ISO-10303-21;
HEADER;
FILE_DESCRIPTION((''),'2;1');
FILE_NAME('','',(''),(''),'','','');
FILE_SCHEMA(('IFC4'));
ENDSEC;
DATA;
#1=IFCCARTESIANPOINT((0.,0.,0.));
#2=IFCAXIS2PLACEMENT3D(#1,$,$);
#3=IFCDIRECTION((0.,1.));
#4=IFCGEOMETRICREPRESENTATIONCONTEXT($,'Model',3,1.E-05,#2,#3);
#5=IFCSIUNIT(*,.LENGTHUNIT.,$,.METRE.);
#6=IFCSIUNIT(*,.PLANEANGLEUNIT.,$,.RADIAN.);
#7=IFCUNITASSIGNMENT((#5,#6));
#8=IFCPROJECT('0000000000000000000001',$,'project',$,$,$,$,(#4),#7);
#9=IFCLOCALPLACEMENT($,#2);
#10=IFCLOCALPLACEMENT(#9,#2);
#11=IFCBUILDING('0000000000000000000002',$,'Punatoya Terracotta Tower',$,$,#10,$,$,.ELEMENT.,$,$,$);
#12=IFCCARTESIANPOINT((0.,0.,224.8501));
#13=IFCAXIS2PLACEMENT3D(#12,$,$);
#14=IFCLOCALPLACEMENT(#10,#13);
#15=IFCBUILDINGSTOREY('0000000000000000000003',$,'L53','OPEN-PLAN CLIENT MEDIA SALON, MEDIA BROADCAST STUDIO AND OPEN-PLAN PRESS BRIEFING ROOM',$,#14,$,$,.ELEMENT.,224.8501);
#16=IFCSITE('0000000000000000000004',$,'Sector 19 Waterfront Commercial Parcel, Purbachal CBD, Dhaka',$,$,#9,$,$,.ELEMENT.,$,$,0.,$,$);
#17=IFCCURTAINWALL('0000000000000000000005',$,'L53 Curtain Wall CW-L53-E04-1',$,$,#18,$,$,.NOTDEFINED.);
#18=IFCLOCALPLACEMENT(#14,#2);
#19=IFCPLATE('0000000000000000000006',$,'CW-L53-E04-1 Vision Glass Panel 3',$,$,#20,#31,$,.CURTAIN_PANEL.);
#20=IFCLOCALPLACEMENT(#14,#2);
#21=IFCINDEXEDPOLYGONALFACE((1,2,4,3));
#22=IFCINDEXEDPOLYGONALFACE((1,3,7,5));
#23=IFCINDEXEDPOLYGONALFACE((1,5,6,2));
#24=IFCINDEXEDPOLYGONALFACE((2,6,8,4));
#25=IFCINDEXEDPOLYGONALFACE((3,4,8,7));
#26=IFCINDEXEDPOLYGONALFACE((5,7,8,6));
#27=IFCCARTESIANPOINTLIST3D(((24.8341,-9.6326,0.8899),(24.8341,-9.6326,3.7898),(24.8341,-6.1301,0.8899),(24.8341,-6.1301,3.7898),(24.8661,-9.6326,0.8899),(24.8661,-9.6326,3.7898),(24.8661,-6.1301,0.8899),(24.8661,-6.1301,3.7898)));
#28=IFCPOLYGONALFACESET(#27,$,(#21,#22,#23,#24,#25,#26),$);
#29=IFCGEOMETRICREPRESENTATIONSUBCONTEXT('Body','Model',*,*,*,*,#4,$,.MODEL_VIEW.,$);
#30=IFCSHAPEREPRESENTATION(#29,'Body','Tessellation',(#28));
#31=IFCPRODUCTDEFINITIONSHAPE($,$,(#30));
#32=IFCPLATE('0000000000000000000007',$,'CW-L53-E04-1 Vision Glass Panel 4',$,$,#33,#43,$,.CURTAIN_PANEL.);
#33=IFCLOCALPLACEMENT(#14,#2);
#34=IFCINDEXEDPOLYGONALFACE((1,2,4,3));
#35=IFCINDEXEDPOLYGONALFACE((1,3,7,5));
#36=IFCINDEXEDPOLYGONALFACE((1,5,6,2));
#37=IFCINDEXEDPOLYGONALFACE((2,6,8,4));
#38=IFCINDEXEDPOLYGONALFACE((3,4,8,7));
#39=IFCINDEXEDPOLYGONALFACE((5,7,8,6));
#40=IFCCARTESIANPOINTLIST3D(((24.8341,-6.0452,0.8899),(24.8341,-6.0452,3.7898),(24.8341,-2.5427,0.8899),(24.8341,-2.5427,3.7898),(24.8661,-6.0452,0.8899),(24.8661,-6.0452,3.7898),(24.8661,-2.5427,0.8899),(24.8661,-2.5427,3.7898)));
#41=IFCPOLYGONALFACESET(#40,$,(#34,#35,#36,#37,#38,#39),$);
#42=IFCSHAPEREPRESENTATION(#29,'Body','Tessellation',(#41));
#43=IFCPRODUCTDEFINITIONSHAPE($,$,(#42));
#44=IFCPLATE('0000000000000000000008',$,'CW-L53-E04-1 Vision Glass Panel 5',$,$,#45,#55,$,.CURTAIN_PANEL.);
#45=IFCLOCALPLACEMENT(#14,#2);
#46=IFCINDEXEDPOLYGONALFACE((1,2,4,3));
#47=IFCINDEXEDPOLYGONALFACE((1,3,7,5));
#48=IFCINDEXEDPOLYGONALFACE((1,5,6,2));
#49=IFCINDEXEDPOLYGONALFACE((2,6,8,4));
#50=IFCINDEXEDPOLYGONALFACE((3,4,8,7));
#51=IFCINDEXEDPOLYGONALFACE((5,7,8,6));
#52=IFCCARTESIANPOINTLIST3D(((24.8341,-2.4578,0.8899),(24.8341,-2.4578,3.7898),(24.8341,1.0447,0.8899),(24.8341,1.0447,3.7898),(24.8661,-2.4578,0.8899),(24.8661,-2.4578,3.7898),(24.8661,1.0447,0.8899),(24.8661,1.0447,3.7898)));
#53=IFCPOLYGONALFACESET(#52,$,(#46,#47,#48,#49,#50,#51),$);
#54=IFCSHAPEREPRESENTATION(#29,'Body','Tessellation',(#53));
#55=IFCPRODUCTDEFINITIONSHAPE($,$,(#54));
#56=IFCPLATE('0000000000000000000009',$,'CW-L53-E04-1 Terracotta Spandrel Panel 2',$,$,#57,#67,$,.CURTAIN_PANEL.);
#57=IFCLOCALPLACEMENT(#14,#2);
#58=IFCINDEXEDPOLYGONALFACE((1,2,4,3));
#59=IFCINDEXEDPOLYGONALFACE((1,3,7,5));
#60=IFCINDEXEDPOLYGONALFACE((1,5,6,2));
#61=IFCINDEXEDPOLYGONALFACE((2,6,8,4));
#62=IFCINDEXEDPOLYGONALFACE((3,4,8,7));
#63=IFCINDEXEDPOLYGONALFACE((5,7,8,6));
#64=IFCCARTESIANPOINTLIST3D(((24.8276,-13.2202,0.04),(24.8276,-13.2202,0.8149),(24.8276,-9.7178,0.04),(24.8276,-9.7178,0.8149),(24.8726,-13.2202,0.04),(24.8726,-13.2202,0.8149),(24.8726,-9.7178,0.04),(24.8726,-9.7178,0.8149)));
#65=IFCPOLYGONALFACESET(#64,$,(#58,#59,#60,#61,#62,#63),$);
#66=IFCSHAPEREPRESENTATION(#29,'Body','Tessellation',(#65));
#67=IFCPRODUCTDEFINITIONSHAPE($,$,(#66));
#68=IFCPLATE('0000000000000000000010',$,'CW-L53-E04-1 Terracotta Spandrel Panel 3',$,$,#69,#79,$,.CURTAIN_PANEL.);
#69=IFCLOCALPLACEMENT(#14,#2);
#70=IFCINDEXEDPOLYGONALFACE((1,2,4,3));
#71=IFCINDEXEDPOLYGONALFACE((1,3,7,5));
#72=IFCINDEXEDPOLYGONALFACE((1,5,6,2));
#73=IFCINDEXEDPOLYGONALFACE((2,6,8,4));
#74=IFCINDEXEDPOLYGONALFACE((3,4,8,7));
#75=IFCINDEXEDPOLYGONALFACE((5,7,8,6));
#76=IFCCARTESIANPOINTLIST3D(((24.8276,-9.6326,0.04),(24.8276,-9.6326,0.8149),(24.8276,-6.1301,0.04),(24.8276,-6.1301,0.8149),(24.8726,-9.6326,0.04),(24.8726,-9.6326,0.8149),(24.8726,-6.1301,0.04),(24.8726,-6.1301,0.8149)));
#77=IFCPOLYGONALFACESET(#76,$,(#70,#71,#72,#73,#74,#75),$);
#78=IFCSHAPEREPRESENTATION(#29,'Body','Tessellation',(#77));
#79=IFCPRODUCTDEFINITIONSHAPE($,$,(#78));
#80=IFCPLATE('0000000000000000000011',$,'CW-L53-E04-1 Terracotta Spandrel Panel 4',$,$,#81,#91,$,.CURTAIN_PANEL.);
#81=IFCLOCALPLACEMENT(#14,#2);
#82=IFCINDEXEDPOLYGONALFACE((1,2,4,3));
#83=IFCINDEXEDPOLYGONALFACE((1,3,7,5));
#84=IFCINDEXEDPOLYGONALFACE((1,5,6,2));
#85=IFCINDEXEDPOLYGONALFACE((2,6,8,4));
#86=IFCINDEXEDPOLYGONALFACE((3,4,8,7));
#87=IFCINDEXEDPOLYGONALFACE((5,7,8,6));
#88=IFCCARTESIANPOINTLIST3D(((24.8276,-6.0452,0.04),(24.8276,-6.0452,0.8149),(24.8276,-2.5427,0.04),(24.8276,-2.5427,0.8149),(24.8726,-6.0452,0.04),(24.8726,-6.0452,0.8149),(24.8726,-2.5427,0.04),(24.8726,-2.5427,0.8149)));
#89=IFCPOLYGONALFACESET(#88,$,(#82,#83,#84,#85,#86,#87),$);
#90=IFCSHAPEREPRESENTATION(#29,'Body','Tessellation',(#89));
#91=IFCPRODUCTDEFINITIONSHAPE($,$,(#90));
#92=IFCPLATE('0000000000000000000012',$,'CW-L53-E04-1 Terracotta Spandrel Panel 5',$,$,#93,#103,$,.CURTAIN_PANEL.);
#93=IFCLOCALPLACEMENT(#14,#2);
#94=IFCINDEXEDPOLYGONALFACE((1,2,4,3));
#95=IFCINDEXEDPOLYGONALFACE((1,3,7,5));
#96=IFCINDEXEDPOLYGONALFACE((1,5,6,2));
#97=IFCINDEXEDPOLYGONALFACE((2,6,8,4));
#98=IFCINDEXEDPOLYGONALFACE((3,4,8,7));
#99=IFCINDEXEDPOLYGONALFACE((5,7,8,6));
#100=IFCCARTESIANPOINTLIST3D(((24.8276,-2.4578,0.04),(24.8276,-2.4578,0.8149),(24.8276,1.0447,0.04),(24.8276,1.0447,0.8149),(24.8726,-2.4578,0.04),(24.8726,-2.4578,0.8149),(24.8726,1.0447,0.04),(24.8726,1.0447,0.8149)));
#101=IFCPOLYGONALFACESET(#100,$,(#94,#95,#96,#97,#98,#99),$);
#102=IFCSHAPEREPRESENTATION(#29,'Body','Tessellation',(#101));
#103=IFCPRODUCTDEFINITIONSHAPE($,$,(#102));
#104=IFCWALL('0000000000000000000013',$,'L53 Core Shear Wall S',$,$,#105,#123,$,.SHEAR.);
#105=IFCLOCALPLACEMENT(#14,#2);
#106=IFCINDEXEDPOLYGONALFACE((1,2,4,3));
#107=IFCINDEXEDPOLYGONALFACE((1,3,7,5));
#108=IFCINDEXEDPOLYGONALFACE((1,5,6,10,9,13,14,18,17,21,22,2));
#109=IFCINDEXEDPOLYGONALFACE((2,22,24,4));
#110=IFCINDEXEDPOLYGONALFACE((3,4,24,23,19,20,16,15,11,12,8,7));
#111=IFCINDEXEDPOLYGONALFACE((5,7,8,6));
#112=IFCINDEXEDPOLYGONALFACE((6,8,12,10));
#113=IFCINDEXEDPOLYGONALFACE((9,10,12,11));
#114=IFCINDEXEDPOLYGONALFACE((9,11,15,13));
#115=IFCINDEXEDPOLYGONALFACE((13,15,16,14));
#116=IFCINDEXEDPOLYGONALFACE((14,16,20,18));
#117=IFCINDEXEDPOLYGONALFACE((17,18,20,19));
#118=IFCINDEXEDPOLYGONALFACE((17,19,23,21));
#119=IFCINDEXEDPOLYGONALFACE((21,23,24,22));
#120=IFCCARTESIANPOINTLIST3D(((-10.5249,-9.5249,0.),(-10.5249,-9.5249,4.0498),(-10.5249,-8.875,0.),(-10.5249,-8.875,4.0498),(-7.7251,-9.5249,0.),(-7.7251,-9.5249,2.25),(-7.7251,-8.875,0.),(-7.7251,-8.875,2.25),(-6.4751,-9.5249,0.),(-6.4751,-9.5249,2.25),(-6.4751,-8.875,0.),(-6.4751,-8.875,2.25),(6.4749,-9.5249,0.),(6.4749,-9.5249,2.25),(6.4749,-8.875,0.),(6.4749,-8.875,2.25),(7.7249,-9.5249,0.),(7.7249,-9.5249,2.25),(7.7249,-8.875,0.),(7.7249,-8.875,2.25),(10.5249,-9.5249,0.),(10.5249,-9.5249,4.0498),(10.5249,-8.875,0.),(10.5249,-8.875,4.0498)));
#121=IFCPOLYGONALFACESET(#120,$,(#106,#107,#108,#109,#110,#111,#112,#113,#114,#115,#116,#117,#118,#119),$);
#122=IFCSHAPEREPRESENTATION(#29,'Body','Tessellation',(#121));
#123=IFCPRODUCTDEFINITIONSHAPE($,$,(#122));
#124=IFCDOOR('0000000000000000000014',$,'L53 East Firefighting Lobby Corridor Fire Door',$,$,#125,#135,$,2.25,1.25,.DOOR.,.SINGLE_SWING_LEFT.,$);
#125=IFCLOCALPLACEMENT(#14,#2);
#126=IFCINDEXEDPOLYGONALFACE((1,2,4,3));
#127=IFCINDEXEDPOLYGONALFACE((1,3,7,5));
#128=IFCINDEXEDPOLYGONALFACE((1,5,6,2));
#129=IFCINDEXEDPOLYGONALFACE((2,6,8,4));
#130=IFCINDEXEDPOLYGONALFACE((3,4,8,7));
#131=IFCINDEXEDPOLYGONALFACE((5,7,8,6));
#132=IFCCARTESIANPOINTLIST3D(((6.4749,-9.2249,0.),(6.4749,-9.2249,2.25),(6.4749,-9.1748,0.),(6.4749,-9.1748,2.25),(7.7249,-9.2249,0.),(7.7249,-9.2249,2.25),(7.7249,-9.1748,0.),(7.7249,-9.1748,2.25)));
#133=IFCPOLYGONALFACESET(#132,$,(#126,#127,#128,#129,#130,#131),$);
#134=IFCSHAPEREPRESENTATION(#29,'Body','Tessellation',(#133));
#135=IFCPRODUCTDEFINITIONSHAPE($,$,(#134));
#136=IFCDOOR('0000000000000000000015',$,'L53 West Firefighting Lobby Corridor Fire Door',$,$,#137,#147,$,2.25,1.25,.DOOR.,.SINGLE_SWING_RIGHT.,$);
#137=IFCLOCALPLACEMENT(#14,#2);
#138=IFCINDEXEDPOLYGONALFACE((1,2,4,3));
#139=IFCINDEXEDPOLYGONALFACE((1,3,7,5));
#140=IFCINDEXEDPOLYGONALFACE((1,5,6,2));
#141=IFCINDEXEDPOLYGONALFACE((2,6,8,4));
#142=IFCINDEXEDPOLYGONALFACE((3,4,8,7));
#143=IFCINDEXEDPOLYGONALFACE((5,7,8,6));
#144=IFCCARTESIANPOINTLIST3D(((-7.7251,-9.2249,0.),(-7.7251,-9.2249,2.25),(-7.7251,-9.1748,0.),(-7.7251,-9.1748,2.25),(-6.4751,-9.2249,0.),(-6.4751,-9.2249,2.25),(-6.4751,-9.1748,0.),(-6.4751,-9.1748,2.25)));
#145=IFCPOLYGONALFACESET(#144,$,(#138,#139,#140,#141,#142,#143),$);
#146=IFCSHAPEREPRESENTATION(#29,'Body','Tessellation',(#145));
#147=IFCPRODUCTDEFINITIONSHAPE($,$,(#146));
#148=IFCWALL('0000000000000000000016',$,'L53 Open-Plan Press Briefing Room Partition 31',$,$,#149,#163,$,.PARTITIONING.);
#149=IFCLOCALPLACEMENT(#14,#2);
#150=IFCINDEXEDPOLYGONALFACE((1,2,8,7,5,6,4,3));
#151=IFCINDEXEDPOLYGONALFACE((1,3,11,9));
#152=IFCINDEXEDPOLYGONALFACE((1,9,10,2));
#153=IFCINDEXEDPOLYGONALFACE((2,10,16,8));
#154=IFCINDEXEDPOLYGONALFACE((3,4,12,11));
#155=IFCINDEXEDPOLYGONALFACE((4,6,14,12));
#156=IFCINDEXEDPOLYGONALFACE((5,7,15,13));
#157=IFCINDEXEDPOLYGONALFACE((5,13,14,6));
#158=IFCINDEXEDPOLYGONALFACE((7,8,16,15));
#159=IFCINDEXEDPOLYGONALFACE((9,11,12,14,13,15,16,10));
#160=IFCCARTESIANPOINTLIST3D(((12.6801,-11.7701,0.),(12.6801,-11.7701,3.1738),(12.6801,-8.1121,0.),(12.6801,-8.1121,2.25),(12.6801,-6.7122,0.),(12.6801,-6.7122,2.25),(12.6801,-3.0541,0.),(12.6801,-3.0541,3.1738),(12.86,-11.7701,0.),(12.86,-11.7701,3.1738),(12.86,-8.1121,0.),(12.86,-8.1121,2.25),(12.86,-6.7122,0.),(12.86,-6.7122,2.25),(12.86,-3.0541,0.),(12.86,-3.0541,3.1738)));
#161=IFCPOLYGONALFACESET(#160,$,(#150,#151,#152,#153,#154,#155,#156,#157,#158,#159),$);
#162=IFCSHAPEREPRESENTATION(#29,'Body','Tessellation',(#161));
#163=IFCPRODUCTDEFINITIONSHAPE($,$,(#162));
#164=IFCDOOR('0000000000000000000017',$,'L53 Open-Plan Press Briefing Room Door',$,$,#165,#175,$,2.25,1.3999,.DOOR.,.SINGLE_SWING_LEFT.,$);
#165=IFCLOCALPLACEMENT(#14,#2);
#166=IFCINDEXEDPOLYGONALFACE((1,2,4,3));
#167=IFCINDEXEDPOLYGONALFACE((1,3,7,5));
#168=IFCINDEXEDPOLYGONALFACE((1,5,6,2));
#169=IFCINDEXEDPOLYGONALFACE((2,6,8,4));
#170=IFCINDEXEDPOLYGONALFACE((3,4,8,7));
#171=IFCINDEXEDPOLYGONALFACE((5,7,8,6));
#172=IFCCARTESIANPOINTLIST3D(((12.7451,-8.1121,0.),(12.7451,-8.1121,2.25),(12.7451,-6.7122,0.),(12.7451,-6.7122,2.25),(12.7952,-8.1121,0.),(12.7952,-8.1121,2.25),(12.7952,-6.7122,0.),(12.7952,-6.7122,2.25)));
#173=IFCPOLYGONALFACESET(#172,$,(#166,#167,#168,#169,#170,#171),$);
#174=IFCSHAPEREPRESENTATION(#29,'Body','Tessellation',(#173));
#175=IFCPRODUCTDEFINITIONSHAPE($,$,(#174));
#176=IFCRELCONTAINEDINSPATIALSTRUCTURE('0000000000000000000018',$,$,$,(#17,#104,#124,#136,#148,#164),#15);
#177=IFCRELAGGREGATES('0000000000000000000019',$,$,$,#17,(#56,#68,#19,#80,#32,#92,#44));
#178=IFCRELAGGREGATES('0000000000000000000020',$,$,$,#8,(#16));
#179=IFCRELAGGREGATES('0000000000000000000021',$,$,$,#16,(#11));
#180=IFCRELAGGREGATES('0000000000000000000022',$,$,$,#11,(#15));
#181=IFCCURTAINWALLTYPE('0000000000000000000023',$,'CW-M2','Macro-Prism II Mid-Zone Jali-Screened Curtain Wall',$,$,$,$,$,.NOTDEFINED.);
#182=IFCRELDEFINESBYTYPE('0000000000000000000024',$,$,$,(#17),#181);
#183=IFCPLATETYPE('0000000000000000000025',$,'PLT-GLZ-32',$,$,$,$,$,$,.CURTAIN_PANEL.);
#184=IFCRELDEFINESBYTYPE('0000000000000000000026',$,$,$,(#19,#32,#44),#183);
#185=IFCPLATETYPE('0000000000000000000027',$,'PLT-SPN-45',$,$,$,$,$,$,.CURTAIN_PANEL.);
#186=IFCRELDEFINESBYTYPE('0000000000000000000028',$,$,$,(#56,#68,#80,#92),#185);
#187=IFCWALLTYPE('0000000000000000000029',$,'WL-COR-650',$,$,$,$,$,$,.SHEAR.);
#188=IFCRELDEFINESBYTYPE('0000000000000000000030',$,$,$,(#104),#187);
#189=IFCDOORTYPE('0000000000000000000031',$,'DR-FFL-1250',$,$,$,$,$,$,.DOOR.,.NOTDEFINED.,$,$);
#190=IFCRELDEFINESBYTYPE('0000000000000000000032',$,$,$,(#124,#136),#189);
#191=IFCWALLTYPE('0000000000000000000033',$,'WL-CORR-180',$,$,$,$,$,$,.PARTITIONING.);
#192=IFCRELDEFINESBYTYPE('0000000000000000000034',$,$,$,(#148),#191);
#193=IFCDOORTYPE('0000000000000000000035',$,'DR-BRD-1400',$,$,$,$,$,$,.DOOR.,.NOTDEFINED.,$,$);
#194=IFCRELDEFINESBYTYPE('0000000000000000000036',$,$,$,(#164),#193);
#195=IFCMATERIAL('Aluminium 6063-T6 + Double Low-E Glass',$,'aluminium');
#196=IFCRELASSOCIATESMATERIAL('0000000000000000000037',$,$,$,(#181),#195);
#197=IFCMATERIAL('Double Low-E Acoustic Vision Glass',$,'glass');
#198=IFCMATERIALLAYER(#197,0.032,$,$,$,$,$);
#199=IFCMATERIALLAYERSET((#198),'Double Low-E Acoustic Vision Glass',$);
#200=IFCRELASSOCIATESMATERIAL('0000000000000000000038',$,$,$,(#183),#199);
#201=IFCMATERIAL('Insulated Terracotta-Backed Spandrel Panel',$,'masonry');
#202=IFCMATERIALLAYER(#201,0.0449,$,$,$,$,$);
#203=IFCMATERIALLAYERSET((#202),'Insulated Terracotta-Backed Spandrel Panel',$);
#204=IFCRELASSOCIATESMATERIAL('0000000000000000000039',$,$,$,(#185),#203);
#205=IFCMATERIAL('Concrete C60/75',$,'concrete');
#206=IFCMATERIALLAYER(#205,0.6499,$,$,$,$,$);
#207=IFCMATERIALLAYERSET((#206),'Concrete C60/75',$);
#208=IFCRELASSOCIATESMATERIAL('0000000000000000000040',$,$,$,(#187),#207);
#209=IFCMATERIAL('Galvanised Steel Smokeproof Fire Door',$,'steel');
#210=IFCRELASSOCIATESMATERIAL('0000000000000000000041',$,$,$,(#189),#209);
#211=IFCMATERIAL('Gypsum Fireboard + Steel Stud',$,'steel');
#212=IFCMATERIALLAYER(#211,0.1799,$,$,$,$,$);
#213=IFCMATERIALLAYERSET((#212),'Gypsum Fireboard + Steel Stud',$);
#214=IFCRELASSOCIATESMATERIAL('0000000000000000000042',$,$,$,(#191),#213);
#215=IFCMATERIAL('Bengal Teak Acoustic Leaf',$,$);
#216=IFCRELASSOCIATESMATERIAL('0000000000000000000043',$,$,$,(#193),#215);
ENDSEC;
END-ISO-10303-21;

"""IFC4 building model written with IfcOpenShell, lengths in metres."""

from ifc_helpers import new_model, si_unit, direction, frame, frame_2d, origin, origin_2d, place, context, subcontext, project, spatial, rectangle, extrude, material, layer, layer_set, type_object, element, fill, aggregate, save


model = new_model("IFC4")

# Units and contexts
model_context = context("Model", 3, precision=1e-05, world=origin(), true_north=direction((0.0, 1.0)))
body_context = subcontext(model_context, "Body", "Model", "MODEL_VIEW")
ifc_project = project(units=[si_unit("LENGTHUNIT", "METRE"), si_unit("PLANEANGLEUNIT", "RADIAN")], contexts=[model_context])

# Site, building, storey
site_placement = place(None, origin())
site = spatial("IfcSite", under=ifc_project, at=site_placement, Name="Sector 19 Waterfront Commercial Parcel, Purbachal CBD, Dhaka", CompositionType="ELEMENT", RefElevation=0.0)
building_placement = place(site_placement, origin())
building = spatial("IfcBuilding", under=site, at=building_placement, Name="Punatoya Terracotta Tower", CompositionType="ELEMENT")
storey_placement = place(building_placement, frame((0.0, 0.0, 224.8501)))
storey = spatial("IfcBuildingStorey", under=building, at=storey_placement, Name="L53", Description="OPEN-PLAN CLIENT MEDIA SALON, MEDIA BROADCAST STUDIO AND OPEN-PLAN PRESS BRIEFING ROOM", CompositionType="ELEMENT", Elevation=224.8501)

# Curtain wall, plates
ifc_material_1 = material(Name="Aluminium 6063-T6 + Double Low-E Glass", Category="aluminium")
curtain_wall_type = type_object("IfcCurtainWallType", Name="CW-M2", Description="Macro-Prism II Mid-Zone Jali-Screened Curtain Wall", PredefinedType="NOTDEFINED", material=ifc_material_1)
curtain_wall_placement = place(storey_placement, origin())
curtain_wall = element("IfcCurtainWall", 1, at=curtain_wall_placement, inside=storey, type_object=curtain_wall_type, Name="L53 Curtain Wall CW-L53-E04-1", PredefinedType="NOTDEFINED")
ifc_material_2 = material(Name="Double Low-E Acoustic Vision Glass", Category="glass")
ifc_layer_1 = layer(ifc_material_2, 0.032)
ifc_layer_set_1 = layer_set([ifc_layer_1], Name="Double Low-E Acoustic Vision Glass")
plate_type_1 = type_object("IfcPlateType", Name="PLT-GLZ-32", PredefinedType="CURTAIN_PANEL", material=ifc_layer_set_1)
plate_1_placement = place(storey_placement, frame((24.8501, -7.8813, 0.8899), z_axis=(0.0, 0.0, 1.0), x_axis=(0.0, 1.0, 0.0)))
plate_1 = element("IfcPlate", 2, at=plate_1_placement, type_object=plate_type_1, Name="CW-L53-E04-1 Vision Glass Panel 3", PredefinedType="CURTAIN_PANEL", context=body_context, shape_type="SweptSolid", body=[
    extrude(rectangle(XDim=3.5024, YDim=0.032, at=origin_2d()), origin(), (0.0, 0.0, 1.0), 2.8999),
])
plate_2_placement = place(storey_placement, frame((24.8501, -4.2939, 0.8899), z_axis=(0.0, 0.0, 1.0), x_axis=(0.0, 1.0, 0.0)))
plate_2 = element("IfcPlate", 3, at=plate_2_placement, type_object=plate_type_1, Name="CW-L53-E04-1 Vision Glass Panel 4", PredefinedType="CURTAIN_PANEL", context=body_context, shape_type="SweptSolid", body=[
    extrude(rectangle(XDim=3.5024, YDim=0.032, at=origin_2d()), origin(), (0.0, 0.0, 1.0), 2.8999),
])
plate_3_placement = place(storey_placement, frame((24.8501, -0.7065, 0.8899), z_axis=(0.0, 0.0, 1.0), x_axis=(0.0, 1.0, 0.0)))
plate_3 = element("IfcPlate", 4, at=plate_3_placement, type_object=plate_type_1, Name="CW-L53-E04-1 Vision Glass Panel 5", PredefinedType="CURTAIN_PANEL", context=body_context, shape_type="SweptSolid", body=[
    extrude(rectangle(XDim=3.5024, YDim=0.032, at=origin_2d()), origin(), (0.0, 0.0, 1.0), 2.8999),
])
ifc_material_3 = material(Name="Insulated Terracotta-Backed Spandrel Panel", Category="masonry")
ifc_layer_2 = layer(ifc_material_3, 0.0449)
ifc_layer_set_2 = layer_set([ifc_layer_2], Name="Insulated Terracotta-Backed Spandrel Panel")
plate_type_2 = type_object("IfcPlateType", Name="PLT-SPN-45", PredefinedType="CURTAIN_PANEL", material=ifc_layer_set_2)
plate_4_placement = place(storey_placement, frame((24.8501, -11.469, 0.04), z_axis=(0.0, 0.0, 1.0), x_axis=(0.0, 1.0, 0.0)))
plate_4 = element("IfcPlate", 5, at=plate_4_placement, type_object=plate_type_2, Name="CW-L53-E04-1 Terracotta Spandrel Panel 2", PredefinedType="CURTAIN_PANEL", context=body_context, shape_type="SweptSolid", body=[
    extrude(rectangle(XDim=3.5024, YDim=0.0449, at=origin_2d()), origin(), (0.0, 0.0, 1.0), 0.7749),
])
plate_5_placement = place(storey_placement, frame((24.8501, -7.8813, 0.04), z_axis=(0.0, 0.0, 1.0), x_axis=(0.0, 1.0, 0.0)))
plate_5 = element("IfcPlate", 6, at=plate_5_placement, type_object=plate_type_2, Name="CW-L53-E04-1 Terracotta Spandrel Panel 3", PredefinedType="CURTAIN_PANEL", context=body_context, shape_type="SweptSolid", body=[
    extrude(rectangle(XDim=3.5024, YDim=0.0449, at=origin_2d()), origin(), (0.0, 0.0, 1.0), 0.7749),
])
plate_6_placement = place(storey_placement, frame((24.8501, -4.2939, 0.04), z_axis=(0.0, 0.0, 1.0), x_axis=(0.0, 1.0, 0.0)))
plate_6 = element("IfcPlate", 7, at=plate_6_placement, type_object=plate_type_2, Name="CW-L53-E04-1 Terracotta Spandrel Panel 4", PredefinedType="CURTAIN_PANEL", context=body_context, shape_type="SweptSolid", body=[
    extrude(rectangle(XDim=3.5024, YDim=0.0449, at=origin_2d()), origin(), (0.0, 0.0, 1.0), 0.7749),
])
plate_7_placement = place(storey_placement, frame((24.8501, -0.7065, 0.04), z_axis=(0.0, 0.0, 1.0), x_axis=(0.0, 1.0, 0.0)))
plate_7 = element("IfcPlate", 8, at=plate_7_placement, type_object=plate_type_2, Name="CW-L53-E04-1 Terracotta Spandrel Panel 5", PredefinedType="CURTAIN_PANEL", context=body_context, shape_type="SweptSolid", body=[
    extrude(rectangle(XDim=3.5024, YDim=0.0449, at=origin_2d()), origin(), (0.0, 0.0, 1.0), 0.7749),
])
aggregate(curtain_wall, [plate_4, plate_5, plate_1, plate_6, plate_2, plate_7, plate_3])

# Wall, openings, doors
ifc_material_4 = material(Name="Concrete C60/75", Category="concrete")
ifc_layer_3 = layer(ifc_material_4, 0.6499)
ifc_layer_set_3 = layer_set([ifc_layer_3], Name="Concrete C60/75")
wall_type_1 = type_object("IfcWallType", Name="WL-COR-650", PredefinedType="SHEAR", material=ifc_layer_set_3)
wall_1_placement = place(storey_placement, frame((10.5249, -9.2, 0.0), z_axis=(0.0, 0.0, 1.0), x_axis=(-1.0, 0.0, 0.0)))
wall_1 = element("IfcWall", 9, at=wall_1_placement, inside=storey, type_object=wall_type_1, Name="L53 Core Shear Wall S", PredefinedType="SHEAR", context=body_context, shape_type="SweptSolid", body=[
    extrude(rectangle(XDim=21.0498, YDim=0.6499, at=frame_2d((10.5249, 0.0))), origin(), (0.0, 0.0, 1.0), 4.0498),
])
opening_1_placement = place(wall_1_placement, frame((2.8, 0.0, 0.0)))
opening_1 = element("IfcOpeningElement", 10, at=opening_1_placement, cuts=wall_1, PredefinedType="OPENING", context=body_context, shape_type="SweptSolid", body=[
    extrude(rectangle(XDim=1.25, YDim=2.25, at=frame_2d((0.625, 1.125))), frame((0.0, 0.335, 0.0), z_axis=(0.0, -1.0, 0.0), x_axis=(1.0, 0.0, 0.0)), (0.0, 0.0, 1.0), 0.6699),
])
opening_2_placement = place(wall_1_placement, frame((17.0, 0.0, 0.0)))
opening_2 = element("IfcOpeningElement", 11, at=opening_2_placement, cuts=wall_1, PredefinedType="OPENING", context=body_context, shape_type="SweptSolid", body=[
    extrude(rectangle(XDim=1.25, YDim=2.25, at=frame_2d((0.625, 1.125))), frame((0.0, 0.335, 0.0), z_axis=(0.0, -1.0, 0.0), x_axis=(1.0, 0.0, 0.0)), (0.0, 0.0, 1.0), 0.6699),
])
ifc_material_5 = material(Name="Galvanised Steel Smokeproof Fire Door", Category="steel")
door_type_1 = type_object("IfcDoorType", Name="DR-FFL-1250", OperationType="NOTDEFINED", PredefinedType="DOOR", material=ifc_material_5)
door_1_placement = place(opening_1_placement, origin())
door_1 = element("IfcDoor", 12, at=door_1_placement, inside=storey, type_object=door_type_1, Name="L53 East Firefighting Lobby Corridor Fire Door", OperationType="SINGLE_SWING_LEFT", OverallHeight=2.25, OverallWidth=1.25, PredefinedType="DOOR", context=body_context, shape_type="SweptSolid", body=[
    extrude(rectangle(XDim=1.25, YDim=2.25, at=frame_2d((0.625, 1.125))), frame((0.0, 0.0249, 0.0), z_axis=(0.0, -1.0, 0.0), x_axis=(1.0, 0.0, 0.0)), (0.0, 0.0, 1.0), 0.05),
])
fill(opening_1, door_1)
door_2_placement = place(opening_2_placement, origin())
door_2 = element("IfcDoor", 13, at=door_2_placement, inside=storey, type_object=door_type_1, Name="L53 West Firefighting Lobby Corridor Fire Door", OperationType="SINGLE_SWING_RIGHT", OverallHeight=2.25, OverallWidth=1.25, PredefinedType="DOOR", context=body_context, shape_type="SweptSolid", body=[
    extrude(rectangle(XDim=1.25, YDim=2.25, at=frame_2d((0.625, 1.125))), frame((0.0, 0.0249, 0.0), z_axis=(0.0, -1.0, 0.0), x_axis=(1.0, 0.0, 0.0)), (0.0, 0.0, 1.0), 0.05),
])
fill(opening_2, door_2)

# Wall, opening, door
ifc_material_6 = material(Name="Gypsum Fireboard + Steel Stud", Category="steel")
ifc_layer_4 = layer(ifc_material_6, 0.1799)
ifc_layer_set_4 = layer_set([ifc_layer_4], Name="Gypsum Fireboard + Steel Stud")
wall_type_2 = type_object("IfcWallType", Name="WL-CORR-180", PredefinedType="PARTITIONING", material=ifc_layer_set_4)
wall_2_placement = place(storey_placement, frame((12.77, -11.77, 0.0), z_axis=(0.0, 0.0, 1.0), x_axis=(0.0, 1.0, 0.0)))
wall_2 = element("IfcWall", 14, at=wall_2_placement, inside=storey, type_object=wall_type_2, Name="L53 Open-Plan Press Briefing Room Partition 31", PredefinedType="PARTITIONING", context=body_context, shape_type="SweptSolid", body=[
    extrude(rectangle(XDim=8.7161, YDim=0.1799, at=frame_2d((4.3579, 0.0))), origin(), (0.0, 0.0, 1.0), 3.1738),
])
opening_3_placement = place(wall_2_placement, frame((3.658, 0.0, 0.0)))
opening_3 = element("IfcOpeningElement", 15, at=opening_3_placement, cuts=wall_2, PredefinedType="OPENING", context=body_context, shape_type="SweptSolid", body=[
    extrude(rectangle(XDim=1.3999, YDim=2.25, at=frame_2d((0.7, 1.125))), frame((0.0, 0.0999, 0.0), z_axis=(0.0, -1.0, 0.0), x_axis=(1.0, 0.0, 0.0)), (0.0, 0.0, 1.0), 0.2),
])
ifc_material_7 = material(Name="Bengal Teak Acoustic Leaf")
door_type_2 = type_object("IfcDoorType", Name="DR-BRD-1400", OperationType="NOTDEFINED", PredefinedType="DOOR", material=ifc_material_7)
door_3_placement = place(opening_3_placement, origin())
door_3 = element("IfcDoor", 16, at=door_3_placement, inside=storey, type_object=door_type_2, Name="L53 Open-Plan Press Briefing Room Door", OperationType="SINGLE_SWING_LEFT", OverallHeight=2.25, OverallWidth=1.3999, PredefinedType="DOOR", context=body_context, shape_type="SweptSolid", body=[
    extrude(rectangle(XDim=1.3999, YDim=2.25, at=frame_2d((0.7, 1.125))), frame((0.0, 0.0249, 0.0), z_axis=(0.0, -1.0, 0.0), x_axis=(1.0, 0.0, 0.0)), (0.0, 0.0, 1.0), 0.05),
])
fill(opening_3, door_3)

save(model, "model.ifc")
